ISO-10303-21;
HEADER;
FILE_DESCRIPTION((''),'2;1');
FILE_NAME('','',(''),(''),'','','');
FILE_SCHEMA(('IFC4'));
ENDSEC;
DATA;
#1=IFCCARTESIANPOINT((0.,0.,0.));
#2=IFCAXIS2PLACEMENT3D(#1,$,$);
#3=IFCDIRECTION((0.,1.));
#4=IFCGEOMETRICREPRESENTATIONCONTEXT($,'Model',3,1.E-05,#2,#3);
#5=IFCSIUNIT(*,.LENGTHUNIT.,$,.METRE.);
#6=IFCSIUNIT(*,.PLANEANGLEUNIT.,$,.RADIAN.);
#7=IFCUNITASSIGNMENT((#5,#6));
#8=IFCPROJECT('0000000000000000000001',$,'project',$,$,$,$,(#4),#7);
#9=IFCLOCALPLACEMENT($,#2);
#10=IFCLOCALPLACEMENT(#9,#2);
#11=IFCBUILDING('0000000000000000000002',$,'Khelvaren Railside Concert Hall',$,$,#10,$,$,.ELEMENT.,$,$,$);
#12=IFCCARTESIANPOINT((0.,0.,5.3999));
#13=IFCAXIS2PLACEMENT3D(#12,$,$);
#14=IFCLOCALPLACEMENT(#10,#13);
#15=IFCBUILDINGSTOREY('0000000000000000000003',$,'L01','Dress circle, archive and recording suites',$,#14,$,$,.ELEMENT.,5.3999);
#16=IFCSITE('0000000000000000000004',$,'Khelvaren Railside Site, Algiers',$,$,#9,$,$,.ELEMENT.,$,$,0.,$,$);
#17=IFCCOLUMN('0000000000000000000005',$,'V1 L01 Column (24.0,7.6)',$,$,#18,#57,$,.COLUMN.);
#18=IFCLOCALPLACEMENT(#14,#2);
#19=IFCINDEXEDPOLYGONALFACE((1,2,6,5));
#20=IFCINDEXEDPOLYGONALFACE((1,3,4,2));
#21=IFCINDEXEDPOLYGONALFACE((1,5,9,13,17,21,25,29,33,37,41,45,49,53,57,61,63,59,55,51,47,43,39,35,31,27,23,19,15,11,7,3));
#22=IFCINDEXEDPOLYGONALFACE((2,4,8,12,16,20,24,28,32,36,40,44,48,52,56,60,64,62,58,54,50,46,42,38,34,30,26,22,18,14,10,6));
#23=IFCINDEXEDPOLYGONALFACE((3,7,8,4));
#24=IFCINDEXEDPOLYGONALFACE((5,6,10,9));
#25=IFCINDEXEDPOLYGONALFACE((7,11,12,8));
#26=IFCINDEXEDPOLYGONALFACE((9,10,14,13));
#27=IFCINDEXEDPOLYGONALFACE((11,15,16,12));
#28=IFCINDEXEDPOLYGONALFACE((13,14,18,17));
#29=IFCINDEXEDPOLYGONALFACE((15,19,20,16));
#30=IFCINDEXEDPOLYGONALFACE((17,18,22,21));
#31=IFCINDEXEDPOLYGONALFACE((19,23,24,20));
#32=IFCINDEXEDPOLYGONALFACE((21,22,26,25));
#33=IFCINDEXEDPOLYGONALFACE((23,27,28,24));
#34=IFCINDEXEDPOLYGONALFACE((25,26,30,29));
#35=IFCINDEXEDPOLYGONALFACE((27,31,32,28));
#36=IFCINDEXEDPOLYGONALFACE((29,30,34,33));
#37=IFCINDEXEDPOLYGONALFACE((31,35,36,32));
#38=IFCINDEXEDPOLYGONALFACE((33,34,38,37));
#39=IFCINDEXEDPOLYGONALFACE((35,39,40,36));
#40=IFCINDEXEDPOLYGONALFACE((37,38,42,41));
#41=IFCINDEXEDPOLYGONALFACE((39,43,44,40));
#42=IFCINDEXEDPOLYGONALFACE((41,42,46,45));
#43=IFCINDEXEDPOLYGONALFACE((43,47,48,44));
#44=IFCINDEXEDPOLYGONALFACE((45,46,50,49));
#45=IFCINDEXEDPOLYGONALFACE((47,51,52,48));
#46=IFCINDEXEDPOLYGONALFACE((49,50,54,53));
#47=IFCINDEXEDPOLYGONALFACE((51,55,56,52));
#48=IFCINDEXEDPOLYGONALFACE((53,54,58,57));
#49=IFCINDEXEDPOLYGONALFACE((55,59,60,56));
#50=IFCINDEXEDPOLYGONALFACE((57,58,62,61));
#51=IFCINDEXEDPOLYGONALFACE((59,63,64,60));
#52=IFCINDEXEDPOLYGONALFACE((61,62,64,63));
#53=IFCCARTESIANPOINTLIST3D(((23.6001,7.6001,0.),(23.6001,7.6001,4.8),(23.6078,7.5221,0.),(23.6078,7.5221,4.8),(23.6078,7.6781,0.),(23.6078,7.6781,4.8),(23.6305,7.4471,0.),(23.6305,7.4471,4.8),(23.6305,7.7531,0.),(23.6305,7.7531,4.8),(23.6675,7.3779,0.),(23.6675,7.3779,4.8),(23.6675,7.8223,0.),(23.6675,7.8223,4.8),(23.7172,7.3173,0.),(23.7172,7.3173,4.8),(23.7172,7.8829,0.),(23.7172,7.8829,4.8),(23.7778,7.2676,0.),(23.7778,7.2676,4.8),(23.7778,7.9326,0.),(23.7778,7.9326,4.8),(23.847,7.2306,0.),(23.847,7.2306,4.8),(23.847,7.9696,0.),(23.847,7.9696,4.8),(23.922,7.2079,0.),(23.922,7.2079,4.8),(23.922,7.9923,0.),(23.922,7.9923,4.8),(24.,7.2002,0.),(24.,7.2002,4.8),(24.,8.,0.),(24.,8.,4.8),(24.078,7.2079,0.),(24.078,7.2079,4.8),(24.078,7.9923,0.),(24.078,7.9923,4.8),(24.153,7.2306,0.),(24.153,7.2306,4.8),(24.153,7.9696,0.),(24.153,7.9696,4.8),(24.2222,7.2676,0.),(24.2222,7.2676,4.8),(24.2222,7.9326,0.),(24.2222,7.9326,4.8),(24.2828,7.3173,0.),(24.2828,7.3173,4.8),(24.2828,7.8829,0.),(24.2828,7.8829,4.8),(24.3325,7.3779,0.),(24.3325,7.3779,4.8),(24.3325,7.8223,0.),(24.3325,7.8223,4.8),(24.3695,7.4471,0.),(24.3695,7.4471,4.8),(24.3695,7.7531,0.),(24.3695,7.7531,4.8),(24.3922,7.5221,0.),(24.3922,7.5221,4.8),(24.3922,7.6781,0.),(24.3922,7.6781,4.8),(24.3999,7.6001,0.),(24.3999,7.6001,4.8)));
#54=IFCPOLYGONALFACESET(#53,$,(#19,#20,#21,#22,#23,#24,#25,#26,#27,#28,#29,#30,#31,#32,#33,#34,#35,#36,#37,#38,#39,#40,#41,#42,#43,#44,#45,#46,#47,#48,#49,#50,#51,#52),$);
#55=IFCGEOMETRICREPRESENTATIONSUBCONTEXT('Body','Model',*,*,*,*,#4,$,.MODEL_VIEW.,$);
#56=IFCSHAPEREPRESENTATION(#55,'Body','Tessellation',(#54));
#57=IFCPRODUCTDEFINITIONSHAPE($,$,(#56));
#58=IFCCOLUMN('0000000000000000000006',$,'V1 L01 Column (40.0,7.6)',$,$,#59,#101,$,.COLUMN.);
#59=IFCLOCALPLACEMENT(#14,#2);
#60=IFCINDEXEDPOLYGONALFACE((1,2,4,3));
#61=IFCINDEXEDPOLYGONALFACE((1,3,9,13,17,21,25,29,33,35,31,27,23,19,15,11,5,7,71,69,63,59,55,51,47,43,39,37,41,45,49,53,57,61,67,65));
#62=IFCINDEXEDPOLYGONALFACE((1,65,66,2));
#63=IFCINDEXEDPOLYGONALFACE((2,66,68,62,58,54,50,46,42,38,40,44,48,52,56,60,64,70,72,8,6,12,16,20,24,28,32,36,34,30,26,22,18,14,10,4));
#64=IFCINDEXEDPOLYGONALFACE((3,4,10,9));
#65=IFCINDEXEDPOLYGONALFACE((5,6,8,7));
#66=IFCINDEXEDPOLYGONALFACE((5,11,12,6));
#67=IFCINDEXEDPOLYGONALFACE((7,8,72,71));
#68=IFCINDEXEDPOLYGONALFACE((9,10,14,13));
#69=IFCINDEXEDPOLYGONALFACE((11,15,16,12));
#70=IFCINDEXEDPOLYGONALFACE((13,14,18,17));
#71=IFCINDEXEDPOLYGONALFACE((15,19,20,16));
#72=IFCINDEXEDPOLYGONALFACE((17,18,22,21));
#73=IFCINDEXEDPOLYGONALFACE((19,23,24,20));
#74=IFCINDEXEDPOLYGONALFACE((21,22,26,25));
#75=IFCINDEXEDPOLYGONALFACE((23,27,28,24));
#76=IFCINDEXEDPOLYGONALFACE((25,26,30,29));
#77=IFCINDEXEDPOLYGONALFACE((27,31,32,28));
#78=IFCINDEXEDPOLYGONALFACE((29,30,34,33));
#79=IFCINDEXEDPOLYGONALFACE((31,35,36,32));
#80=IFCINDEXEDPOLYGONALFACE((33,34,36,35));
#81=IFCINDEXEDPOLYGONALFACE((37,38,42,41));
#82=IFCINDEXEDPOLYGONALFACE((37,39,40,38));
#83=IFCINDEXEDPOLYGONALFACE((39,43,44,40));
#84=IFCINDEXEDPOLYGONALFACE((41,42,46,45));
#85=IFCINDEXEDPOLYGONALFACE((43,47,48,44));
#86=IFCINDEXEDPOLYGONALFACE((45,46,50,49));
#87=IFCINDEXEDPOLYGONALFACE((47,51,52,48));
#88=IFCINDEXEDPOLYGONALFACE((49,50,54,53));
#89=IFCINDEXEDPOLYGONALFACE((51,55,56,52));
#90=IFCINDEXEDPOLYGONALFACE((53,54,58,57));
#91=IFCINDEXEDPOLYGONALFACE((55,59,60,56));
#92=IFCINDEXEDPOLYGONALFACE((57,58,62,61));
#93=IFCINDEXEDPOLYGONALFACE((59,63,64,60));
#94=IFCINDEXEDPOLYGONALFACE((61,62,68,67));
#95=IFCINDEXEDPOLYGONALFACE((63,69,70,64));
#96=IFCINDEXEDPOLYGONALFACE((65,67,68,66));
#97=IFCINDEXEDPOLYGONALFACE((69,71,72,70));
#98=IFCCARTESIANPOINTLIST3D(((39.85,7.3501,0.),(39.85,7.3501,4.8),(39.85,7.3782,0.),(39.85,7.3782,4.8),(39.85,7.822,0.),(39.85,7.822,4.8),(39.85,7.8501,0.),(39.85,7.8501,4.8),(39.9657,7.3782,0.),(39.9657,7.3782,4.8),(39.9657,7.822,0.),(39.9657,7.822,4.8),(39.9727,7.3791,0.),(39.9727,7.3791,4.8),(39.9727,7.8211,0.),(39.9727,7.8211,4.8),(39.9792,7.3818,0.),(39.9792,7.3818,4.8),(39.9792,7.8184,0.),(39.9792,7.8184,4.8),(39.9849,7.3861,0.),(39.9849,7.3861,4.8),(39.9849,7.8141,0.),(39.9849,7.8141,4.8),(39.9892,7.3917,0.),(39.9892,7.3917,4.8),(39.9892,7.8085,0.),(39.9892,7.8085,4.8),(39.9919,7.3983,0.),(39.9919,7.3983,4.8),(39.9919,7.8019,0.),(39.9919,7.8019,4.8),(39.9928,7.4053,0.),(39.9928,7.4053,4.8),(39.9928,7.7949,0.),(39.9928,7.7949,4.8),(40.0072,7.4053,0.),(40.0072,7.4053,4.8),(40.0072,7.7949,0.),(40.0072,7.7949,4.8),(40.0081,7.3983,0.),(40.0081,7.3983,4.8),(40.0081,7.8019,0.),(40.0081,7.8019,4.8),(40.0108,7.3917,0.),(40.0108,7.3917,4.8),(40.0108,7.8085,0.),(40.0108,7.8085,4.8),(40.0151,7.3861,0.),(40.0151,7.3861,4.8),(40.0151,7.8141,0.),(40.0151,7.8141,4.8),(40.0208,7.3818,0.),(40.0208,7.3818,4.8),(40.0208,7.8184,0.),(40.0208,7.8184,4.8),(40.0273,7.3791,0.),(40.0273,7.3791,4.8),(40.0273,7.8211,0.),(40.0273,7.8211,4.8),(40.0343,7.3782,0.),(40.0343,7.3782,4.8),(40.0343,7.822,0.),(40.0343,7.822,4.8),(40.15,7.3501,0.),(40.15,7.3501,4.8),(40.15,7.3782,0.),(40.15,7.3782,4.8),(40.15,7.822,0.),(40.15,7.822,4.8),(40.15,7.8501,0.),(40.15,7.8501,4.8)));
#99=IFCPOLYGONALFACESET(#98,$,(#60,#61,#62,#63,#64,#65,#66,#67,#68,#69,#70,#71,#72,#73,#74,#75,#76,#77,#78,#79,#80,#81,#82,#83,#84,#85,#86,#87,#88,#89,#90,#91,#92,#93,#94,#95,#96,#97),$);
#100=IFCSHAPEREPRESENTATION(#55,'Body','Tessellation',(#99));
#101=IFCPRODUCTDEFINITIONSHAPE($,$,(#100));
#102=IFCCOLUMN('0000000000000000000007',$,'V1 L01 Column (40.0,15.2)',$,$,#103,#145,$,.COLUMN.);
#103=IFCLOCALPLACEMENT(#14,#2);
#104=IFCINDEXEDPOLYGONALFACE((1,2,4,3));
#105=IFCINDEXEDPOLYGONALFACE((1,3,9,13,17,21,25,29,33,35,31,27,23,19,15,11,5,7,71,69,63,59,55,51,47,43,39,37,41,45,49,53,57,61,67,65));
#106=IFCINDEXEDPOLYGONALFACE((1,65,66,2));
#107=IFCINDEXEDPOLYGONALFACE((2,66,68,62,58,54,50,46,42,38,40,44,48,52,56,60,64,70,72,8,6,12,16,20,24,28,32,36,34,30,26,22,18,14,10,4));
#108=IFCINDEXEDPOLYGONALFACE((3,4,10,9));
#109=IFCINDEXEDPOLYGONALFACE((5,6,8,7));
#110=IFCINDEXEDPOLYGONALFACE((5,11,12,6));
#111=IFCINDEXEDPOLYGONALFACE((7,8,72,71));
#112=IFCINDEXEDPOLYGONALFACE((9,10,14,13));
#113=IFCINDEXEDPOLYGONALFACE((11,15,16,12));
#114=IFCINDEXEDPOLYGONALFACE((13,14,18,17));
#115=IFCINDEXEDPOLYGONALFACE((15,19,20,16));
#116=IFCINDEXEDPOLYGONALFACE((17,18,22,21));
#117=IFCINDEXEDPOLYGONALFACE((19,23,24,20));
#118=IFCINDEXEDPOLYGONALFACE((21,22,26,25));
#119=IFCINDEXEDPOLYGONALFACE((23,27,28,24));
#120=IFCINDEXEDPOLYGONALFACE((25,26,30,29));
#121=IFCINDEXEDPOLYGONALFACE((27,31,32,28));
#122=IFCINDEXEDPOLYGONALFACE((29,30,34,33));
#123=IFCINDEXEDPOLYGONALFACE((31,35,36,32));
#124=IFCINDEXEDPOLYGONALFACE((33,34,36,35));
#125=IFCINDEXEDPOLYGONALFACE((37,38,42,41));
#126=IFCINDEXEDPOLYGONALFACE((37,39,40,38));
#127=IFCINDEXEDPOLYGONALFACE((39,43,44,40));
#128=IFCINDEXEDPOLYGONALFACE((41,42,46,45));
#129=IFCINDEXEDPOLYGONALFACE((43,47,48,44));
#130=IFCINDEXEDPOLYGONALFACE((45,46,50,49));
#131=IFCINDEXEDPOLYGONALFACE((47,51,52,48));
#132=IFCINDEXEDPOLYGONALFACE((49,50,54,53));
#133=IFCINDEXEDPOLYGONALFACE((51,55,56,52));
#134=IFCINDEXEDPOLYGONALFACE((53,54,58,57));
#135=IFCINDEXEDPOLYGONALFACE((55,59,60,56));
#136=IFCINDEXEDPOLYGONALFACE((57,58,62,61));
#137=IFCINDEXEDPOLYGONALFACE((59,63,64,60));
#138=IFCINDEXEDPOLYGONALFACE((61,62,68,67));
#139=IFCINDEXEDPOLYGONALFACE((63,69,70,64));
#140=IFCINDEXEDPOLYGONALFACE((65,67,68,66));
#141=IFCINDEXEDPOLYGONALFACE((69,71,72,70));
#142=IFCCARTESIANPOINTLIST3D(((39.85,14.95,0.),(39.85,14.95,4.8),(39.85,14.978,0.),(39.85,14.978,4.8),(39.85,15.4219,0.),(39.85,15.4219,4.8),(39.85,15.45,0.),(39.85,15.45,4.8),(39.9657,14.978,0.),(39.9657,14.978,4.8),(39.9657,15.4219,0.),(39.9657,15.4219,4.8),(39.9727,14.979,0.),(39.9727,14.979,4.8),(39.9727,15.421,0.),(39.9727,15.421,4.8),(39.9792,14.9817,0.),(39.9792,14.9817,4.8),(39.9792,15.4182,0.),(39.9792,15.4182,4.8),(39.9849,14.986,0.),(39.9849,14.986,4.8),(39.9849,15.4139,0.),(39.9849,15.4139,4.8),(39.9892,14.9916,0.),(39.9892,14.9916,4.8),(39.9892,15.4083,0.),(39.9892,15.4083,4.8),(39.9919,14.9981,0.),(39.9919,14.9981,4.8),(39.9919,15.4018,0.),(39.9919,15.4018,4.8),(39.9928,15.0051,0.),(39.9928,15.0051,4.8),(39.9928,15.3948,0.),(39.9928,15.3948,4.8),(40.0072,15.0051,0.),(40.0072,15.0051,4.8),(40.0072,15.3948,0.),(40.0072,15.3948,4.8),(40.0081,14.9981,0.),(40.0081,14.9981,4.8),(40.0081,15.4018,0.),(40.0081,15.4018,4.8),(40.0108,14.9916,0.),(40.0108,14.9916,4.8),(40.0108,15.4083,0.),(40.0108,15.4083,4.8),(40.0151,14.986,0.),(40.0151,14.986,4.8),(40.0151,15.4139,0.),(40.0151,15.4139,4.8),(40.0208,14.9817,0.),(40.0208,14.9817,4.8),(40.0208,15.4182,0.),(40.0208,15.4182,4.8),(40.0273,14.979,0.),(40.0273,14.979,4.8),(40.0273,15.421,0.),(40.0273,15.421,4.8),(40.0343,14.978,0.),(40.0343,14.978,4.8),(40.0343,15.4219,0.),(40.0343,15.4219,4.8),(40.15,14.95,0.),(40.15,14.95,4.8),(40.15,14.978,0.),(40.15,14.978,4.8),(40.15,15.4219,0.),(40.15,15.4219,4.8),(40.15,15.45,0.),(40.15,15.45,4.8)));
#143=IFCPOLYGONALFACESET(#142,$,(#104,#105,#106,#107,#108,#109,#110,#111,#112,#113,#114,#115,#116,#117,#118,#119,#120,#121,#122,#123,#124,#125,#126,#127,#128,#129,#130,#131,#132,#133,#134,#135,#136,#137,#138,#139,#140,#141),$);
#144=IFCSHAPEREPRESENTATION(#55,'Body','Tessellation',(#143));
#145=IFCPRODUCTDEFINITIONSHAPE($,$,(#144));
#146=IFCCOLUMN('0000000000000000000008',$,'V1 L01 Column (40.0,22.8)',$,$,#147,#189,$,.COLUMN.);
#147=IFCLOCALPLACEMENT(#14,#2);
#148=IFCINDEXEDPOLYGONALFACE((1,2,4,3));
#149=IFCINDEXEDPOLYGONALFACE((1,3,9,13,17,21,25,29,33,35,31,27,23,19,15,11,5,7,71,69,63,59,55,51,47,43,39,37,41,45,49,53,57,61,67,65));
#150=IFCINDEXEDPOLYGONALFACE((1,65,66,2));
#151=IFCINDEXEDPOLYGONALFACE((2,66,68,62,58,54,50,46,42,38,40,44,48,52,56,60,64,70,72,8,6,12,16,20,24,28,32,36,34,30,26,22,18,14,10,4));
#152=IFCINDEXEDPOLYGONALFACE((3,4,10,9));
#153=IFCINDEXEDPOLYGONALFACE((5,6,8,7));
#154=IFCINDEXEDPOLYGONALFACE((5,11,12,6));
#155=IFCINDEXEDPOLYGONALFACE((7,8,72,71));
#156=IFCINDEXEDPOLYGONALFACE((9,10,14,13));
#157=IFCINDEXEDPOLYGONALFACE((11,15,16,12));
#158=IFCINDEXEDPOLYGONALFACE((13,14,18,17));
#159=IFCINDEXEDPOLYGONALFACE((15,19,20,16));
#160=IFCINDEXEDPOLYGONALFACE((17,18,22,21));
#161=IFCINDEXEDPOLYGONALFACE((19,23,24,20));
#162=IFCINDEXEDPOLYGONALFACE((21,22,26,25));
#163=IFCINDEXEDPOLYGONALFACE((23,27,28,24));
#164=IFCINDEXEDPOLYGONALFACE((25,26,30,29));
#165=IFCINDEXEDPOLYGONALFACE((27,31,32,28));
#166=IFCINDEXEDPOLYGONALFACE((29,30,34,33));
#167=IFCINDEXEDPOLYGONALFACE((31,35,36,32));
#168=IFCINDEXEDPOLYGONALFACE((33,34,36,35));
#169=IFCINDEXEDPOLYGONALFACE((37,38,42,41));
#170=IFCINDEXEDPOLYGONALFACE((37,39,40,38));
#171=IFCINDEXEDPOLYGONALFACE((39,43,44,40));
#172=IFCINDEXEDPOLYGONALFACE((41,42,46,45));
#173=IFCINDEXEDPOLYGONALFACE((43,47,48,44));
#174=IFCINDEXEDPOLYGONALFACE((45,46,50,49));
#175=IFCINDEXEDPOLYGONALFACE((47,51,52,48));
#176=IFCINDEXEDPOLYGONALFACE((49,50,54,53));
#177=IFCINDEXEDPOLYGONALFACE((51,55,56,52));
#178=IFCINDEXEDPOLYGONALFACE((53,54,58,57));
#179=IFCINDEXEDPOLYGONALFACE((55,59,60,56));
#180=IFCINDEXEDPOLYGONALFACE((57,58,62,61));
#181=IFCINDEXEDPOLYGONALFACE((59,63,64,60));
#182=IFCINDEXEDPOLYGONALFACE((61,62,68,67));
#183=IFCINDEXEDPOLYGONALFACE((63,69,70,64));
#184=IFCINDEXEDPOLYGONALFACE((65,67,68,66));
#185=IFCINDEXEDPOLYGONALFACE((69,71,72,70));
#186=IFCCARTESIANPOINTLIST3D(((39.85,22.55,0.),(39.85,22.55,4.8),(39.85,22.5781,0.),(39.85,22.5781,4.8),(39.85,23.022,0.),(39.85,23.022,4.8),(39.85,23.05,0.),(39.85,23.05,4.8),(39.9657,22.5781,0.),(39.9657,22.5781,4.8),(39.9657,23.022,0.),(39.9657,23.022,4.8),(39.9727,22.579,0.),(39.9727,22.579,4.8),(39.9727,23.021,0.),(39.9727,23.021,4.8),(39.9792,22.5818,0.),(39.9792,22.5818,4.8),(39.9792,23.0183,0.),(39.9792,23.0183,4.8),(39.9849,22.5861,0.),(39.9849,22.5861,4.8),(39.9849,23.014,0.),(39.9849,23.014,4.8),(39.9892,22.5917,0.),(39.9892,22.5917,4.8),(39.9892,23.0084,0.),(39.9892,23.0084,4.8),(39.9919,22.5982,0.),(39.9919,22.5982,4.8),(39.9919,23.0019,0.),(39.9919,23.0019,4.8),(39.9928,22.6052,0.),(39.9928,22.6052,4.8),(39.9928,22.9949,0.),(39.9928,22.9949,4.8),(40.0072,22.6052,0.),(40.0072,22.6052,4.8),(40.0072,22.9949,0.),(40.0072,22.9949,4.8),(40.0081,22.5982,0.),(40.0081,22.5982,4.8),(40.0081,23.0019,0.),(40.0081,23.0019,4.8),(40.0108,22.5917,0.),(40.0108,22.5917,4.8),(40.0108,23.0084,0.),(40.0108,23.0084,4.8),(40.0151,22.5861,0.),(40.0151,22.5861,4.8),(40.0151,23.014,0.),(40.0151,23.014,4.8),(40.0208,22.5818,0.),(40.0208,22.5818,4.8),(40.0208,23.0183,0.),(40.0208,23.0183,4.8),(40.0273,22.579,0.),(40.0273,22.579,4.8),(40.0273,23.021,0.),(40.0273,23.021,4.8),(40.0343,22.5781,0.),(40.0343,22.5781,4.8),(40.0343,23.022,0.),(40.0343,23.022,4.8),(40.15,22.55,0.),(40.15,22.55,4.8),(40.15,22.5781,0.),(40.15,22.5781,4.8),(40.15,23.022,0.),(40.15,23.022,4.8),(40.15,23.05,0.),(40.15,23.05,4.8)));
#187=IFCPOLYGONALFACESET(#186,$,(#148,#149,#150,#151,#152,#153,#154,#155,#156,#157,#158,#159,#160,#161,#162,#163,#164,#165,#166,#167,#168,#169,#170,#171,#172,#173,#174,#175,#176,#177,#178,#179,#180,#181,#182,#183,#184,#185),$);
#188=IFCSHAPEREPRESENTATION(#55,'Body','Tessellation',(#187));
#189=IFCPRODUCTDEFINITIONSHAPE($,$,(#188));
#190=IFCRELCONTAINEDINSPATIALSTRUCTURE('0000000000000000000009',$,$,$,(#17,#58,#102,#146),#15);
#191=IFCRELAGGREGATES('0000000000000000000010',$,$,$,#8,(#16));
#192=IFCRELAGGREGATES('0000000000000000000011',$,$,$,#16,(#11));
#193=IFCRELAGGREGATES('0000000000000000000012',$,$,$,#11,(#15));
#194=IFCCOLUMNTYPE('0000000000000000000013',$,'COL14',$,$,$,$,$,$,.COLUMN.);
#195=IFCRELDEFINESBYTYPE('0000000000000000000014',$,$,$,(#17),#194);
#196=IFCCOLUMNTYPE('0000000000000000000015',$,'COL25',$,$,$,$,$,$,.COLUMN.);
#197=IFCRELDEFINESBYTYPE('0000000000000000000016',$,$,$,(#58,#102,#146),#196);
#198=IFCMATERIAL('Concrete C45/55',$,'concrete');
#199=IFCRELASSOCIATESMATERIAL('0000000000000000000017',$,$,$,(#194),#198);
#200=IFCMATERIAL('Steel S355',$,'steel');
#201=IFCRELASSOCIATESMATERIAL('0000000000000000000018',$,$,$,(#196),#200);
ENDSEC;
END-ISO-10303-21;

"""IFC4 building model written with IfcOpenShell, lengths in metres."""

from ifc_helpers import new_model, si_unit, direction, frame, origin, origin_2d, place, context, subcontext, project, spatial, circle, i_section, extrude, material, material_profile, profile_set, type_object, element, save


model = new_model("IFC4")

# Units and contexts
model_context = context("Model", 3, precision=1e-05, world=origin(), true_north=direction((0.0, 1.0)))
body_context = subcontext(model_context, "Body", "Model", "MODEL_VIEW")
ifc_project = project(units=[si_unit("LENGTHUNIT", "METRE"), si_unit("PLANEANGLEUNIT", "RADIAN")], contexts=[model_context])

# Site, building, storey
site_placement = place(None, origin())
site = spatial("IfcSite", under=ifc_project, at=site_placement, Name="Khelvaren Railside Site, Algiers", CompositionType="ELEMENT", RefElevation=0.0)
building_placement = place(site_placement, origin())
building = spatial("IfcBuilding", under=site, at=building_placement, Name="Khelvaren Railside Concert Hall", CompositionType="ELEMENT")
storey_placement = place(building_placement, frame((0.0, 0.0, 5.3999)))
storey = spatial("IfcBuildingStorey", under=building, at=storey_placement, Name="L01", Description="Dress circle, archive and recording suites", CompositionType="ELEMENT", Elevation=5.3999)

# Columns
ifc_material_1 = material(Name="Concrete C45/55", Category="concrete")
ifc_material_profile_1 = material_profile(ifc_material_1, circle(Radius=0.3999, at=origin_2d()), Name="RC D800")
ifc_profile_set_1 = profile_set([ifc_material_profile_1], Name="Concrete C45/55")
column_type_1 = type_object("IfcColumnType", Name="COL14", PredefinedType="COLUMN", material=ifc_profile_set_1)
column_1_placement = place(storey_placement, frame((24.0, 7.6001, 0.0), z_axis=(0.0, 0.0, 1.0), x_axis=(1.0, 0.0, 0.0)))
element("IfcColumn", 1, at=column_1_placement, inside=storey, type_object=column_type_1, Name="V1 L01 Column (24.0,7.6)", PredefinedType="COLUMN", context=body_context, shape_type="SweptSolid", body=[
    extrude(circle(Radius=0.3999, at=origin_2d()), origin(), (0.0, 0.0, 1.0), 4.8),
])
ifc_material_2 = material(Name="Steel S355", Category="steel")
ifc_material_profile_2 = material_profile(ifc_material_2, i_section(OverallWidth=0.3, OverallDepth=0.5, WebThickness=0.0144, FlangeThickness=0.0281, FilletRadius=0.0271, at=origin_2d()), Name="HEB 500")
ifc_profile_set_2 = profile_set([ifc_material_profile_2], Name="Steel S355")
column_type_2 = type_object("IfcColumnType", Name="COL25", PredefinedType="COLUMN", material=ifc_profile_set_2)
for number, where, z_axis, x_axis, name in (
    (2, (40.0, 7.6001, 0.0), (0.0, 0.0, 1.0), (1.0, 0.0, 0.0), "V1 L01 Column (40.0,7.6)"),
    (3, (40.0, 15.2, 0.0), (0.0, 0.0, 1.0), (1.0, 0.0, 0.0), "V1 L01 Column (40.0,15.2)"),
    (4, (40.0, 22.8, 0.0), (0.0, 0.0, 1.0), (1.0, 0.0, 0.0), "V1 L01 Column (40.0,22.8)"),
):
    element("IfcColumn", number, at=place(storey_placement, frame(where, z_axis=z_axis, x_axis=x_axis)), inside=storey, type_object=column_type_2, Name=name, PredefinedType="COLUMN", context=body_context, shape_type="SweptSolid", body=[
        extrude(i_section(OverallWidth=0.3, OverallDepth=0.5, WebThickness=0.0144, FlangeThickness=0.0281, FilletRadius=0.0271, at=origin_2d()), origin(), (0.0, 0.0, 1.0), 4.8),
    ])

save(model, "model.ifc")
